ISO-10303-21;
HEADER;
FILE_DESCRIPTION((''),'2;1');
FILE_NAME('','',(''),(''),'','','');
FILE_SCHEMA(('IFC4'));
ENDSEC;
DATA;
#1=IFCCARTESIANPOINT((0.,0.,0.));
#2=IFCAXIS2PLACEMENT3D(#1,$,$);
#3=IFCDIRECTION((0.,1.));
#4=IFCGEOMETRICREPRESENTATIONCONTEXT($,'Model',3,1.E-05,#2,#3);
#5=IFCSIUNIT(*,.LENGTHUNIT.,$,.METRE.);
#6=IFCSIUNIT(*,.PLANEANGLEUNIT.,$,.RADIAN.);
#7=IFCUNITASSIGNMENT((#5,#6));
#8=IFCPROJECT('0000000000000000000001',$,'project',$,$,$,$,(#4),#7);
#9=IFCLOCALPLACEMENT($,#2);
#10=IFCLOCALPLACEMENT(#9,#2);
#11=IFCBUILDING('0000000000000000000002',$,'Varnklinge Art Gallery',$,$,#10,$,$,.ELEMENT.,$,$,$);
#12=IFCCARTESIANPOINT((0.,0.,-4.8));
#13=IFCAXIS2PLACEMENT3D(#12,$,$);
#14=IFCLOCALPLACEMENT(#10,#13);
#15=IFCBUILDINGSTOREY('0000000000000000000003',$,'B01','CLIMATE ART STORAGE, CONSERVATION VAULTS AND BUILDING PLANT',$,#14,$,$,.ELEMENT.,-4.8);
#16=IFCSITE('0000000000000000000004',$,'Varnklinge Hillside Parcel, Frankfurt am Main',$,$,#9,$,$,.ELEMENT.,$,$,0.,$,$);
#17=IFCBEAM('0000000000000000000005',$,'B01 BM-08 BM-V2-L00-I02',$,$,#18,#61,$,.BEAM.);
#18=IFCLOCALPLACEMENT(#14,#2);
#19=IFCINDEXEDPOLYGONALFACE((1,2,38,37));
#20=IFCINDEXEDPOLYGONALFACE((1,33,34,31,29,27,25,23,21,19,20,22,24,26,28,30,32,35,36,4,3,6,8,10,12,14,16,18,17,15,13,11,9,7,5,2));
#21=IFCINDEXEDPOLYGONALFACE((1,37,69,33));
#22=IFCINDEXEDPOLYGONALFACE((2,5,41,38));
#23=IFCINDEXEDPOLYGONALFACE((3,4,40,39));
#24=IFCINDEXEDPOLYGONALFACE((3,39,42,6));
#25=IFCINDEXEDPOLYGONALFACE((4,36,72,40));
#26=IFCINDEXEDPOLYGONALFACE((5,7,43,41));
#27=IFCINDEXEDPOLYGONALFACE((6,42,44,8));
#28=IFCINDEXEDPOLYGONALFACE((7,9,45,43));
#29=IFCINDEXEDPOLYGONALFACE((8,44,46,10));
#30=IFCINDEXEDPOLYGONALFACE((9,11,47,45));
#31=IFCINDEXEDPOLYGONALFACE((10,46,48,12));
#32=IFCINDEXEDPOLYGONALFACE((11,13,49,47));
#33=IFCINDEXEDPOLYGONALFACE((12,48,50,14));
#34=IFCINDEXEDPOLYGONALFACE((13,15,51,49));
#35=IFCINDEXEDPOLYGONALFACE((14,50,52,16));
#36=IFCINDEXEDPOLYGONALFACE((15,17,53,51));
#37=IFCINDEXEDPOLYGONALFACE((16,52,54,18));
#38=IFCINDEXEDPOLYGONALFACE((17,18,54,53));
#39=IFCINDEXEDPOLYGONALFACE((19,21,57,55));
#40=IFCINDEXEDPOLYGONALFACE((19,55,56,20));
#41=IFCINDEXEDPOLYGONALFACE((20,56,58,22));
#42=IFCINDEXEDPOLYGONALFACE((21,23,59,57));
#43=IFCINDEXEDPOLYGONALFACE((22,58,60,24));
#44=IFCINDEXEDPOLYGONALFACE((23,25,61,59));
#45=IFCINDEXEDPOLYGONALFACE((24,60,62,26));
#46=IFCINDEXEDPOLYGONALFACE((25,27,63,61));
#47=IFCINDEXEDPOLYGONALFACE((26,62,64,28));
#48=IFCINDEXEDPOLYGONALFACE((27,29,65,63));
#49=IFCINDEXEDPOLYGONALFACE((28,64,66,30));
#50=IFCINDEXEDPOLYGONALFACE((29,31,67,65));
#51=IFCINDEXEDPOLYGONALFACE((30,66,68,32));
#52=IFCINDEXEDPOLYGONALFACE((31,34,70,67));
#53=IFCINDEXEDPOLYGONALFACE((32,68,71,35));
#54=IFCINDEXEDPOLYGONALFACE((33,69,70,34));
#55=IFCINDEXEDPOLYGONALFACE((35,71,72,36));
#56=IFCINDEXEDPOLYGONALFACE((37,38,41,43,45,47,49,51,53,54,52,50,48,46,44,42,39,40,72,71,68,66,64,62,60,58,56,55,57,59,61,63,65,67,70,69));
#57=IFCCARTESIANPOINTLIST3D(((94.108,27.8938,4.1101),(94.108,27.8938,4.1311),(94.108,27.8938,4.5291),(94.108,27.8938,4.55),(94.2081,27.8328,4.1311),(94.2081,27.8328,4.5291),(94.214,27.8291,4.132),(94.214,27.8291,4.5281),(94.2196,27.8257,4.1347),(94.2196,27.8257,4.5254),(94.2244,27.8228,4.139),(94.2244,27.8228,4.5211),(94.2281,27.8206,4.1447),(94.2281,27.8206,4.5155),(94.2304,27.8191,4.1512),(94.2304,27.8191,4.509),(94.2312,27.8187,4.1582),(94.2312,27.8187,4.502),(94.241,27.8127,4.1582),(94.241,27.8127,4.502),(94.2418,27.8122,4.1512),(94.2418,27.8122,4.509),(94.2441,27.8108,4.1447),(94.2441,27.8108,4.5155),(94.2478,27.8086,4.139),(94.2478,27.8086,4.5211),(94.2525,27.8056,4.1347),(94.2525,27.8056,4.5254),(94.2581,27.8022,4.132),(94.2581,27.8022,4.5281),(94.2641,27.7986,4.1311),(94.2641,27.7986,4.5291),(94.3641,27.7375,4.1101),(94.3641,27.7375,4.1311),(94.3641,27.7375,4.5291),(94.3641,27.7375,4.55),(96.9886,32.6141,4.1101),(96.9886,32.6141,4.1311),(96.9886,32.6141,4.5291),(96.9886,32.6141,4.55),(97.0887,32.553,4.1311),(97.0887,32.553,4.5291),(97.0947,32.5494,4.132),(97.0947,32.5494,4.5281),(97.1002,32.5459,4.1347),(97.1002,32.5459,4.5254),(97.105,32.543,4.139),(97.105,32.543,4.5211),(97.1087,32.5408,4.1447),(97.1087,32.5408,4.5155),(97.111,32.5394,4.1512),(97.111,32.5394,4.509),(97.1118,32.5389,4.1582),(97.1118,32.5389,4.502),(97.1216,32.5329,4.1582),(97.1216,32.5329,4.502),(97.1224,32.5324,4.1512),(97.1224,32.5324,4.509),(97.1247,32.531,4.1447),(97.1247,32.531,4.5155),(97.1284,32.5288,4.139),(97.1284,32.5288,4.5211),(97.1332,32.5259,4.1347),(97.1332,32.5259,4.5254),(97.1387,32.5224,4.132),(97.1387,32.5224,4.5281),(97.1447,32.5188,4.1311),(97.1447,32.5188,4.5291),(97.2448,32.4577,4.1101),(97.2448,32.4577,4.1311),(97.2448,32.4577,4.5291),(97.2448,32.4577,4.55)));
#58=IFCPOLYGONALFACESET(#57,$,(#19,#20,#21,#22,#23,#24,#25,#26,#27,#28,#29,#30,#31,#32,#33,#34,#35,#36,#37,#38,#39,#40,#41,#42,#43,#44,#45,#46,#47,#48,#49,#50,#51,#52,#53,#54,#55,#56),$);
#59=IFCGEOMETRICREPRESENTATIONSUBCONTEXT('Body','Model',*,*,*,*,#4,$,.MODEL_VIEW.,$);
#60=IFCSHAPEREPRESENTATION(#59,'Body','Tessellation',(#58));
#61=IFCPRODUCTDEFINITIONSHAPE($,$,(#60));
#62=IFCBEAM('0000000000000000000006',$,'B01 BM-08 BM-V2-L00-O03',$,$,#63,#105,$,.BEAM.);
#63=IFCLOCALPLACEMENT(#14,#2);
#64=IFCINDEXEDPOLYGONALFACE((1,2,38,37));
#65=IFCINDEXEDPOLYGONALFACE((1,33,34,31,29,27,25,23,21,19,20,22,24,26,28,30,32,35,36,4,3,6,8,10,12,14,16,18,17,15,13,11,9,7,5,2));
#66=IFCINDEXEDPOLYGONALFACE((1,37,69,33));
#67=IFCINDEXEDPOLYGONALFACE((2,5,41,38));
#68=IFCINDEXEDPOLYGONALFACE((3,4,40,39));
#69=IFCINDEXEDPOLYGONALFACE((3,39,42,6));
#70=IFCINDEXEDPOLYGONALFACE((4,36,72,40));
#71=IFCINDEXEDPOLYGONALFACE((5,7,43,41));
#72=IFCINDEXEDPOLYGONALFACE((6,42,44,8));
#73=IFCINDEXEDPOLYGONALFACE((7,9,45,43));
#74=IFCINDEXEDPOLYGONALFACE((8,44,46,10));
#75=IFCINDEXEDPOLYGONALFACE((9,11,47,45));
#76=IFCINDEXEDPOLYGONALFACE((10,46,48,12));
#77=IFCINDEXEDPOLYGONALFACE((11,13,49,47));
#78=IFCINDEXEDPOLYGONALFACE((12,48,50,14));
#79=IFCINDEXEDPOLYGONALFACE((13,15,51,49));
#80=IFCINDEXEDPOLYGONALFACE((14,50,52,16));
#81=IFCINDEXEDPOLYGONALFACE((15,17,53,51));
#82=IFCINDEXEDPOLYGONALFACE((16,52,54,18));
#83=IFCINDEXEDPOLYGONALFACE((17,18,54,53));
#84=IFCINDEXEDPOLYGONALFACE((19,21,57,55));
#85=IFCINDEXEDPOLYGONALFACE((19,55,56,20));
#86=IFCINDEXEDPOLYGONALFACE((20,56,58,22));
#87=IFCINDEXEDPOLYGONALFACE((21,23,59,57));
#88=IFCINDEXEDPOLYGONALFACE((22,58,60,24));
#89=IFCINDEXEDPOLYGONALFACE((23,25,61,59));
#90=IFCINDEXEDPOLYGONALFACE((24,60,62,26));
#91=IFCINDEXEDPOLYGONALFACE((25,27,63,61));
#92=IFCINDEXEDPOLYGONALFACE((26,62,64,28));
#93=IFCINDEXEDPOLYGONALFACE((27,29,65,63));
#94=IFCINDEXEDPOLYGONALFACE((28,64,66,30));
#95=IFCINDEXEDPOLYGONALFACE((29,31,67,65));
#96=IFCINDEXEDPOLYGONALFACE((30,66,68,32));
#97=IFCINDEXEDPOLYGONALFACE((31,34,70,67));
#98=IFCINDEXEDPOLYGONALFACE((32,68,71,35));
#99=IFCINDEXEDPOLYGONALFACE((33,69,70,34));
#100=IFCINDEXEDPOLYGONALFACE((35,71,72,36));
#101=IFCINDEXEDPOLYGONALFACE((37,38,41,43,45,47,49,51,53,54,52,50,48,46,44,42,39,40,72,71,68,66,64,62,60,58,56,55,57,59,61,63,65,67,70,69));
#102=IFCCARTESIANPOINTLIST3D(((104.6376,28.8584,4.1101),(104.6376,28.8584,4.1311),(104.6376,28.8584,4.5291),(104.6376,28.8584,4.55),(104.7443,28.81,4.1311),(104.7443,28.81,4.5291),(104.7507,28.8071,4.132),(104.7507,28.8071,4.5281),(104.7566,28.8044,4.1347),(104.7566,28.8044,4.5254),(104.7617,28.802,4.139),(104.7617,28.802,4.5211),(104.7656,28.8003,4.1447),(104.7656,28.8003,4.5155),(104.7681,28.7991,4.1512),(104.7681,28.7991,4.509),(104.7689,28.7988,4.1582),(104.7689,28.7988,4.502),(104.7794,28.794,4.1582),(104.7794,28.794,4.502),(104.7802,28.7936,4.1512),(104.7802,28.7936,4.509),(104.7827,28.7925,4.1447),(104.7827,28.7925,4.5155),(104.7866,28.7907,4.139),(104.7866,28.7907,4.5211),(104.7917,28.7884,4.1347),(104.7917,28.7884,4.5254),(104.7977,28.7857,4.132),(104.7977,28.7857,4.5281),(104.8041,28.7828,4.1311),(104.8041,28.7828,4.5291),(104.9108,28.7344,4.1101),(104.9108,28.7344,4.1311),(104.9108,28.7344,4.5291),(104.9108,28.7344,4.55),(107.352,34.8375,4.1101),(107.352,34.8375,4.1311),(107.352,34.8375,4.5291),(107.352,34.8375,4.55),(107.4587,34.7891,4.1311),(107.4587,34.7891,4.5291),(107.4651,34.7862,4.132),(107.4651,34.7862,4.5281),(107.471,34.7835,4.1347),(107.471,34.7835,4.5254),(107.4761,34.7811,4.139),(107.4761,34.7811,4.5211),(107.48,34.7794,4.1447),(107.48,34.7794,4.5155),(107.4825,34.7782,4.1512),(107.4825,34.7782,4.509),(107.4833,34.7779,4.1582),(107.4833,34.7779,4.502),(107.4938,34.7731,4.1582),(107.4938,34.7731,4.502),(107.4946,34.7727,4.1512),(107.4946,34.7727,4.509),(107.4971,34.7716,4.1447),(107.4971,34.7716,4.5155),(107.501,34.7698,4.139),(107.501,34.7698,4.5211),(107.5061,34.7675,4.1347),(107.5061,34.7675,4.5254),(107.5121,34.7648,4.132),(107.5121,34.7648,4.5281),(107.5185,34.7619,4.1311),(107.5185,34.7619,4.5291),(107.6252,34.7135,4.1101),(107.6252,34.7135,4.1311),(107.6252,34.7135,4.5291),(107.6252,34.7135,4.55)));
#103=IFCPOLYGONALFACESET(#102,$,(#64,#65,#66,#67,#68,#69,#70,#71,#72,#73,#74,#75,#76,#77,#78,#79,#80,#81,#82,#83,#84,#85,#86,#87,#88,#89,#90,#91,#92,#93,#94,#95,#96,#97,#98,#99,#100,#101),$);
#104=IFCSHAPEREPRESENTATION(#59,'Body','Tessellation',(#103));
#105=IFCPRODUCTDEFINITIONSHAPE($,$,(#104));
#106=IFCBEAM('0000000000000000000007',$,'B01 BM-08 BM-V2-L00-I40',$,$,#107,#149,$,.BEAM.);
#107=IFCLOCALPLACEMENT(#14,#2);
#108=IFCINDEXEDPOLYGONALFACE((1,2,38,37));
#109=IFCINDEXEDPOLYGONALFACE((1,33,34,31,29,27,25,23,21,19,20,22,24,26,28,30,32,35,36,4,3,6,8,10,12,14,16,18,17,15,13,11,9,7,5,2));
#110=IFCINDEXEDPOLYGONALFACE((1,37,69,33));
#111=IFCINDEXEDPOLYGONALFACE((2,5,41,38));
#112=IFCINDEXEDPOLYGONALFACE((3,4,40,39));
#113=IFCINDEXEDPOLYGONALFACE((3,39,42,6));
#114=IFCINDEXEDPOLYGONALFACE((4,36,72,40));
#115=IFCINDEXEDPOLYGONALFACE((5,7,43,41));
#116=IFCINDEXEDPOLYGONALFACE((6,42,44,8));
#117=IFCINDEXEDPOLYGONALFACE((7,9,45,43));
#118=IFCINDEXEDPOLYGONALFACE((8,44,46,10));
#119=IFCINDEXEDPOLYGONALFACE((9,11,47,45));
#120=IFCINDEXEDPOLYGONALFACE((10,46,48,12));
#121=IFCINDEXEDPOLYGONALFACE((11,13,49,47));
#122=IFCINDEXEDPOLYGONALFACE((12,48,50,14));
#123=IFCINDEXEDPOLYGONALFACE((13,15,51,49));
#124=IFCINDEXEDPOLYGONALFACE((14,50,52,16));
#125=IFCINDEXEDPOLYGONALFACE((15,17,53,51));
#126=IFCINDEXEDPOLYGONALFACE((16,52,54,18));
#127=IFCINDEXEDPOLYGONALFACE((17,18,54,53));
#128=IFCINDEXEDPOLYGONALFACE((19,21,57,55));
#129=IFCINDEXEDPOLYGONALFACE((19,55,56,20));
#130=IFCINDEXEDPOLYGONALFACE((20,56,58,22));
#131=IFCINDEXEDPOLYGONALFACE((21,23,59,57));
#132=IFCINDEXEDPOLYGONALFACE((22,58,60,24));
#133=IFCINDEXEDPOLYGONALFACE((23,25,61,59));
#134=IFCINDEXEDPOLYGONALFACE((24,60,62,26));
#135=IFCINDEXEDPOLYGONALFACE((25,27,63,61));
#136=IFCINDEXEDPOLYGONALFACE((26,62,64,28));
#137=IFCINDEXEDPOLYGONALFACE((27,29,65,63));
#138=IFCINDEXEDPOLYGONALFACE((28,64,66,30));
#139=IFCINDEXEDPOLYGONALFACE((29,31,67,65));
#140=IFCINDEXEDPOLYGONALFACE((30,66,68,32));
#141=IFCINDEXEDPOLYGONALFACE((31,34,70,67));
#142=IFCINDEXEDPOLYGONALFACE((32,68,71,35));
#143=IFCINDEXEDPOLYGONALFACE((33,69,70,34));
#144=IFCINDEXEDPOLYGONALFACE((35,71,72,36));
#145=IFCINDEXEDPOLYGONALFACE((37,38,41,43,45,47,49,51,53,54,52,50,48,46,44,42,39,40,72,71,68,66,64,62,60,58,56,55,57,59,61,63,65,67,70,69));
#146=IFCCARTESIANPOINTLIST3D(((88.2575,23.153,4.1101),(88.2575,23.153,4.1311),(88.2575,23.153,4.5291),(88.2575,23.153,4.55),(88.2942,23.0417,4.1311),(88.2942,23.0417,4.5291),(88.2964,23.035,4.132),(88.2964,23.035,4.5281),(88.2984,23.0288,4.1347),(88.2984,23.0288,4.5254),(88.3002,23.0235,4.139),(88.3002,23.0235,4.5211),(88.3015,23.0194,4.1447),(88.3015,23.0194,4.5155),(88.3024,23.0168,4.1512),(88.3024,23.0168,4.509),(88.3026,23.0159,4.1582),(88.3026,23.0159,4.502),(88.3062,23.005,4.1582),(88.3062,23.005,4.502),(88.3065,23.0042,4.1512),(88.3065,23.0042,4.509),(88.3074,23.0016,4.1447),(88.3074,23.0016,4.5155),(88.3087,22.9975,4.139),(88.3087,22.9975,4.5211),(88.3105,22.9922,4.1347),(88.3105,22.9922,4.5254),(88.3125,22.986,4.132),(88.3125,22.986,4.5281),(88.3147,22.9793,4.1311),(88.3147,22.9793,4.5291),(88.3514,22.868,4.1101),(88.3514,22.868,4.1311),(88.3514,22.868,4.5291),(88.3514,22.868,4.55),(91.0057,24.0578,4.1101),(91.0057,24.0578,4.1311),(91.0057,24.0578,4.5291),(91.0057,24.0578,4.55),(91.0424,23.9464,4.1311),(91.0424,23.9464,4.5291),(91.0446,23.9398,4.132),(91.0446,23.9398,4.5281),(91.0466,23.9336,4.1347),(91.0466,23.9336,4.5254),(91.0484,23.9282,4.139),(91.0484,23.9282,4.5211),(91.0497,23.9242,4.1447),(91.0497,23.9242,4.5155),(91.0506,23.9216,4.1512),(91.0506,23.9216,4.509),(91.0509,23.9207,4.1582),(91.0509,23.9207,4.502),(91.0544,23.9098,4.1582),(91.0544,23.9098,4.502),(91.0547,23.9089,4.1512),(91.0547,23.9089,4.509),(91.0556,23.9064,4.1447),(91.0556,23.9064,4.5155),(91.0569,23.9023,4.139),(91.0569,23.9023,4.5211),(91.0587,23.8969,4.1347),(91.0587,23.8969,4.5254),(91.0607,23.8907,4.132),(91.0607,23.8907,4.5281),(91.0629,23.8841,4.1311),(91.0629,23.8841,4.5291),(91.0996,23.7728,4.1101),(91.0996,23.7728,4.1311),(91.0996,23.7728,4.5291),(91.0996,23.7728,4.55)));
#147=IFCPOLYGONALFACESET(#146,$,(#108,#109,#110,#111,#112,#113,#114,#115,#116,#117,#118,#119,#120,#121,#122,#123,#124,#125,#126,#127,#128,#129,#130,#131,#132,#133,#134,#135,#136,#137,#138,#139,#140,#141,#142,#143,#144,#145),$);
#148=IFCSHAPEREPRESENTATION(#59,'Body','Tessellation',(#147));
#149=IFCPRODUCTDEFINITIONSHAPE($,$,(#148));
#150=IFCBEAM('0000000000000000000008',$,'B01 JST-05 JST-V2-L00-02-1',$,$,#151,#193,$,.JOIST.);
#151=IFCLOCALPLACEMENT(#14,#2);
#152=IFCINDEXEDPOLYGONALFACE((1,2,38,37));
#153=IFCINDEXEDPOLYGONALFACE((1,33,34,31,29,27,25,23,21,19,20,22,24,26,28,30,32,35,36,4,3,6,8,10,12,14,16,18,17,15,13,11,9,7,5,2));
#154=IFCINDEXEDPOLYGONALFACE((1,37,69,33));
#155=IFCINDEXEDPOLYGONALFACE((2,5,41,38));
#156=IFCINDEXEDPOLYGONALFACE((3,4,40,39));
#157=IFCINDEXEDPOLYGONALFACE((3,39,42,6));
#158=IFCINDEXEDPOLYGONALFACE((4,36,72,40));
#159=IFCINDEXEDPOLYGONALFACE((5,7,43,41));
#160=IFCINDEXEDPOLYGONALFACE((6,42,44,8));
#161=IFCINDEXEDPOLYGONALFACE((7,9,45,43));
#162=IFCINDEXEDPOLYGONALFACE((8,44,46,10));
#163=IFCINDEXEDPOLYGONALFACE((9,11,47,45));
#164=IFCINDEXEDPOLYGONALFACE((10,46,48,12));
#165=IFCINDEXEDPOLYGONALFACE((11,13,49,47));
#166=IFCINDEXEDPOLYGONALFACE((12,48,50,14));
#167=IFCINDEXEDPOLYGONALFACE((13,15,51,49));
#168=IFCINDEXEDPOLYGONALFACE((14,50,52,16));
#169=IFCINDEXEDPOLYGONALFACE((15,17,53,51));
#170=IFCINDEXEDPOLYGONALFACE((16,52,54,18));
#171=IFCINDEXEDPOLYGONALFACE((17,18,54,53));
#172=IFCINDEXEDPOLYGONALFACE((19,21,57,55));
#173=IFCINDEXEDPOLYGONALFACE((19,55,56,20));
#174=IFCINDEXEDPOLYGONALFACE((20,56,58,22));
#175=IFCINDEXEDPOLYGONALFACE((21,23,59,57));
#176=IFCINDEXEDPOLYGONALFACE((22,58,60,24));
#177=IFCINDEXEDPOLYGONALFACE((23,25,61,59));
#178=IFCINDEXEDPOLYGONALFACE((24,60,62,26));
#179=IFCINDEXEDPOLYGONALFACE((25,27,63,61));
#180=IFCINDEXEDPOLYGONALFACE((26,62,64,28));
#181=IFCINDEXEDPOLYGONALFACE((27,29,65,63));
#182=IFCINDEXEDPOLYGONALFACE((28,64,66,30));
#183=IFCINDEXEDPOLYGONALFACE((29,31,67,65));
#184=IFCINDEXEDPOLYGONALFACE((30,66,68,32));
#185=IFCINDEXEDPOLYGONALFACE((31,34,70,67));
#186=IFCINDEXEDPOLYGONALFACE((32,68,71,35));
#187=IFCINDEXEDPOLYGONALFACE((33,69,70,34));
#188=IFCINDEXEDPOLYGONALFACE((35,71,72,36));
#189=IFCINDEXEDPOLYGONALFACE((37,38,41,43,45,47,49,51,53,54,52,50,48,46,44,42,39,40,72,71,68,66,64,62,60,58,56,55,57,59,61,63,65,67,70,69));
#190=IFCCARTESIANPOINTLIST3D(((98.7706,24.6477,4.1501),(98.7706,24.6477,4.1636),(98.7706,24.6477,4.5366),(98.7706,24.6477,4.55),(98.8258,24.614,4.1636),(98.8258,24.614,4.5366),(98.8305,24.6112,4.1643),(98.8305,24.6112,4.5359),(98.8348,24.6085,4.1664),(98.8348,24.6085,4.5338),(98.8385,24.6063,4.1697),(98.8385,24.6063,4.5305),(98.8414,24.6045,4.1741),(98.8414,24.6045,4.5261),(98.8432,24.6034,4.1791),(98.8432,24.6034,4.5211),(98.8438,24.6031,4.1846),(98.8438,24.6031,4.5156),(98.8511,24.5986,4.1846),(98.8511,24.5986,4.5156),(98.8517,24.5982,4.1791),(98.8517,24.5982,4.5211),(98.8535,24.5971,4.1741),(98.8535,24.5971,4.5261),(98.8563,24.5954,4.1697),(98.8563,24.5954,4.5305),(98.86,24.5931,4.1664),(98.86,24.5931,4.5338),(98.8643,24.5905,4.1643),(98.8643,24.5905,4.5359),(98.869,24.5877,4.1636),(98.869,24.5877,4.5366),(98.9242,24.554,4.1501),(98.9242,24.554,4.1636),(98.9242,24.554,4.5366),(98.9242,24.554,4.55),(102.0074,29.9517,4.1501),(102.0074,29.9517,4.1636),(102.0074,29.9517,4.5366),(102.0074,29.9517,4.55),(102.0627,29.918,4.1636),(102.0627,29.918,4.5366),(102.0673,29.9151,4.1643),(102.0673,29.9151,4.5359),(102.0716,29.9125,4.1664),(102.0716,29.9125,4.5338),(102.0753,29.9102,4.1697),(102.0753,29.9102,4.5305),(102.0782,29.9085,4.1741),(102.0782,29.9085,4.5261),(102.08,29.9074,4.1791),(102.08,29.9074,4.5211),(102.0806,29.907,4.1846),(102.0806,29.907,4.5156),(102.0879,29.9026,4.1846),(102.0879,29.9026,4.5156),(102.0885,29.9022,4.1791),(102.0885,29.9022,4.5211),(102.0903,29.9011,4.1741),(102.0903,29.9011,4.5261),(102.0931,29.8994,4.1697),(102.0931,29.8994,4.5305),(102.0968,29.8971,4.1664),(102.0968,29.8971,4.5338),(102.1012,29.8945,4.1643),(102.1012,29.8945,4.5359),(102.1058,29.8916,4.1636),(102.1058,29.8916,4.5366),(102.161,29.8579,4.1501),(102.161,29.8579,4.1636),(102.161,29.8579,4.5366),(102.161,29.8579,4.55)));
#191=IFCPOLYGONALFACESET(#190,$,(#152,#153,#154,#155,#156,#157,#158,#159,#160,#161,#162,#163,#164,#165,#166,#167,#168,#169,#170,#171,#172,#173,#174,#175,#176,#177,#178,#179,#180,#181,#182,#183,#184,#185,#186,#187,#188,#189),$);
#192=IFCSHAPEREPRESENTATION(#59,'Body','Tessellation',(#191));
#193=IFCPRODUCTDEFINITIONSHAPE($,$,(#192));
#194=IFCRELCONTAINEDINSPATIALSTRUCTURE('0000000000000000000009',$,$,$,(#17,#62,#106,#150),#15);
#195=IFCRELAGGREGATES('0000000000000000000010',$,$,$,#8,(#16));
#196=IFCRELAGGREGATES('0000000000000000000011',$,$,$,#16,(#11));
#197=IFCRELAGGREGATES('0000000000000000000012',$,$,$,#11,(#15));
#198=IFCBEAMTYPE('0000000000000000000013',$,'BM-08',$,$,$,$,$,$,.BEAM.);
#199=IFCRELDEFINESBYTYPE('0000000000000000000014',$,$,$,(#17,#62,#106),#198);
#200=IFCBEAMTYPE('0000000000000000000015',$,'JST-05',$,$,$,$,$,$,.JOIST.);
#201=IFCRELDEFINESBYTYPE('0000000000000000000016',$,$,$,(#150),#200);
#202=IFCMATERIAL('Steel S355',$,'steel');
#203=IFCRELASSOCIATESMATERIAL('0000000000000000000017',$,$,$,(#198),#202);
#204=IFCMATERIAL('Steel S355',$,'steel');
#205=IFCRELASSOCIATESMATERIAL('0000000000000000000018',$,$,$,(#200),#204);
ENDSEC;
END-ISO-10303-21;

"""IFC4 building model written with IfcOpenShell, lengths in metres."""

from ifc_helpers import new_model, si_unit, direction, frame, origin, origin_2d, place, context, subcontext, project, spatial, i_section, extrude, material, material_profile, profile_set, type_object, element, save


model = new_model("IFC4")

# Units and contexts
model_context = context("Model", 3, precision=1e-05, world=origin(), true_north=direction((0.0, 1.0)))
body_context = subcontext(model_context, "Body", "Model", "MODEL_VIEW")
ifc_project = project(units=[si_unit("LENGTHUNIT", "METRE"), si_unit("PLANEANGLEUNIT", "RADIAN")], contexts=[model_context])

# Site, building, storey
site_placement = place(None, origin())
site = spatial("IfcSite", under=ifc_project, at=site_placement, Name="Varnklinge Hillside Parcel, Frankfurt am Main", CompositionType="ELEMENT", RefElevation=0.0)
building_placement = place(site_placement, origin())
building = spatial("IfcBuilding", under=site, at=building_placement, Name="Varnklinge Art Gallery", CompositionType="ELEMENT")
storey_placement = place(building_placement, frame((0.0, 0.0, -4.8)))
storey = spatial("IfcBuildingStorey", under=building, at=storey_placement, Name="B01", Description="CLIMATE ART STORAGE, CONSERVATION VAULTS AND BUILDING PLANT", CompositionType="ELEMENT", Elevation=-4.8)

# Beams
ifc_material_1 = material(Name="Steel S355", Category="steel")
ifc_material_profile_1 = material_profile(ifc_material_1, i_section(OverallWidth=0.3, OverallDepth=0.4399, WebThickness=0.0115, FlangeThickness=0.021, FilletRadius=0.0271, at=origin_2d()), Name="HEA 450")
ifc_profile_set_1 = profile_set([ifc_material_profile_1], Name="Steel S355")
beam_type_1 = type_object("IfcBeamType", Name="BM-08", PredefinedType="BEAM", material=ifc_profile_set_1)
beam_1_placement = place(storey_placement, frame((94.2361, 27.8157, 4.3301), z_axis=(0.520928, 0.8536, 0.0), x_axis=(-0.8536, 0.520928, 0.0)))
element("IfcBeam", 1, at=beam_1_placement, inside=storey, type_object=beam_type_1, Name="B01 BM-08 BM-V2-L00-I02", PredefinedType="BEAM", context=body_context, shape_type="SweptSolid", body=[
    extrude(i_section(OverallWidth=0.3, OverallDepth=0.4399, WebThickness=0.0115, FlangeThickness=0.021, FilletRadius=0.0271, at=origin_2d()), origin(), (0.0, 0.0, 1.0), 5.5298),
])
beam_2_placement = place(storey_placement, frame((104.7742, 28.7964, 4.3301), z_axis=(0.413377, 0.91056, 0.0), x_axis=(-0.91056, 0.413377, 0.0)))
element("IfcBeam", 2, at=beam_2_placement, inside=storey, type_object=beam_type_1, Name="B01 BM-08 BM-V2-L00-O03", PredefinedType="BEAM", context=body_context, shape_type="SweptSolid", body=[
    extrude(i_section(OverallWidth=0.3, OverallDepth=0.4399, WebThickness=0.0115, FlangeThickness=0.021, FilletRadius=0.0271, at=origin_2d()), origin(), (0.0, 0.0, 1.0), 6.5664),
])
beam_3_placement = place(storey_placement, frame((88.3044, 23.0105, 4.3301), z_axis=(0.94985, 0.312707, 0.0), x_axis=(-0.312707, 0.94985, 0.0)))
element("IfcBeam", 3, at=beam_3_placement, inside=storey, type_object=beam_type_1, Name="B01 BM-08 BM-V2-L00-I40", PredefinedType="BEAM", context=body_context, shape_type="SweptSolid", body=[
    extrude(i_section(OverallWidth=0.3, OverallDepth=0.4399, WebThickness=0.0115, FlangeThickness=0.021, FilletRadius=0.0271, at=origin_2d()), origin(), (0.0, 0.0, 1.0), 2.8933),
])
ifc_material_2 = material(Name="Steel S355", Category="steel")
ifc_material_profile_2 = material_profile(ifc_material_2, i_section(OverallWidth=0.1799, OverallDepth=0.3999, WebThickness=0.0085, FlangeThickness=0.0134, FilletRadius=0.021, at=origin_2d()), Name="IPE 400")
ifc_profile_set_2 = profile_set([ifc_material_profile_2], Name="Steel S355")
beam_type_2 = type_object("IfcBeamType", Name="JST-05", PredefinedType="JOIST", material=ifc_profile_set_2)
beam_4_placement = place(storey_placement, frame((98.8474, 24.6008, 4.3501), z_axis=(0.520924, 0.853603, 0.0), x_axis=(-0.853603, 0.520924, 0.0)))
element("IfcBeam", 4, at=beam_4_placement, inside=storey, type_object=beam_type_2, Name="B01 JST-05 JST-V2-L00-02-1", PredefinedType="JOIST", context=body_context, shape_type="SweptSolid", body=[
    extrude(i_section(OverallWidth=0.1799, OverallDepth=0.3999, WebThickness=0.0085, FlangeThickness=0.0134, FilletRadius=0.021, at=origin_2d()), origin(), (0.0, 0.0, 1.0), 6.2136),
])

save(model, "model.ifc")
